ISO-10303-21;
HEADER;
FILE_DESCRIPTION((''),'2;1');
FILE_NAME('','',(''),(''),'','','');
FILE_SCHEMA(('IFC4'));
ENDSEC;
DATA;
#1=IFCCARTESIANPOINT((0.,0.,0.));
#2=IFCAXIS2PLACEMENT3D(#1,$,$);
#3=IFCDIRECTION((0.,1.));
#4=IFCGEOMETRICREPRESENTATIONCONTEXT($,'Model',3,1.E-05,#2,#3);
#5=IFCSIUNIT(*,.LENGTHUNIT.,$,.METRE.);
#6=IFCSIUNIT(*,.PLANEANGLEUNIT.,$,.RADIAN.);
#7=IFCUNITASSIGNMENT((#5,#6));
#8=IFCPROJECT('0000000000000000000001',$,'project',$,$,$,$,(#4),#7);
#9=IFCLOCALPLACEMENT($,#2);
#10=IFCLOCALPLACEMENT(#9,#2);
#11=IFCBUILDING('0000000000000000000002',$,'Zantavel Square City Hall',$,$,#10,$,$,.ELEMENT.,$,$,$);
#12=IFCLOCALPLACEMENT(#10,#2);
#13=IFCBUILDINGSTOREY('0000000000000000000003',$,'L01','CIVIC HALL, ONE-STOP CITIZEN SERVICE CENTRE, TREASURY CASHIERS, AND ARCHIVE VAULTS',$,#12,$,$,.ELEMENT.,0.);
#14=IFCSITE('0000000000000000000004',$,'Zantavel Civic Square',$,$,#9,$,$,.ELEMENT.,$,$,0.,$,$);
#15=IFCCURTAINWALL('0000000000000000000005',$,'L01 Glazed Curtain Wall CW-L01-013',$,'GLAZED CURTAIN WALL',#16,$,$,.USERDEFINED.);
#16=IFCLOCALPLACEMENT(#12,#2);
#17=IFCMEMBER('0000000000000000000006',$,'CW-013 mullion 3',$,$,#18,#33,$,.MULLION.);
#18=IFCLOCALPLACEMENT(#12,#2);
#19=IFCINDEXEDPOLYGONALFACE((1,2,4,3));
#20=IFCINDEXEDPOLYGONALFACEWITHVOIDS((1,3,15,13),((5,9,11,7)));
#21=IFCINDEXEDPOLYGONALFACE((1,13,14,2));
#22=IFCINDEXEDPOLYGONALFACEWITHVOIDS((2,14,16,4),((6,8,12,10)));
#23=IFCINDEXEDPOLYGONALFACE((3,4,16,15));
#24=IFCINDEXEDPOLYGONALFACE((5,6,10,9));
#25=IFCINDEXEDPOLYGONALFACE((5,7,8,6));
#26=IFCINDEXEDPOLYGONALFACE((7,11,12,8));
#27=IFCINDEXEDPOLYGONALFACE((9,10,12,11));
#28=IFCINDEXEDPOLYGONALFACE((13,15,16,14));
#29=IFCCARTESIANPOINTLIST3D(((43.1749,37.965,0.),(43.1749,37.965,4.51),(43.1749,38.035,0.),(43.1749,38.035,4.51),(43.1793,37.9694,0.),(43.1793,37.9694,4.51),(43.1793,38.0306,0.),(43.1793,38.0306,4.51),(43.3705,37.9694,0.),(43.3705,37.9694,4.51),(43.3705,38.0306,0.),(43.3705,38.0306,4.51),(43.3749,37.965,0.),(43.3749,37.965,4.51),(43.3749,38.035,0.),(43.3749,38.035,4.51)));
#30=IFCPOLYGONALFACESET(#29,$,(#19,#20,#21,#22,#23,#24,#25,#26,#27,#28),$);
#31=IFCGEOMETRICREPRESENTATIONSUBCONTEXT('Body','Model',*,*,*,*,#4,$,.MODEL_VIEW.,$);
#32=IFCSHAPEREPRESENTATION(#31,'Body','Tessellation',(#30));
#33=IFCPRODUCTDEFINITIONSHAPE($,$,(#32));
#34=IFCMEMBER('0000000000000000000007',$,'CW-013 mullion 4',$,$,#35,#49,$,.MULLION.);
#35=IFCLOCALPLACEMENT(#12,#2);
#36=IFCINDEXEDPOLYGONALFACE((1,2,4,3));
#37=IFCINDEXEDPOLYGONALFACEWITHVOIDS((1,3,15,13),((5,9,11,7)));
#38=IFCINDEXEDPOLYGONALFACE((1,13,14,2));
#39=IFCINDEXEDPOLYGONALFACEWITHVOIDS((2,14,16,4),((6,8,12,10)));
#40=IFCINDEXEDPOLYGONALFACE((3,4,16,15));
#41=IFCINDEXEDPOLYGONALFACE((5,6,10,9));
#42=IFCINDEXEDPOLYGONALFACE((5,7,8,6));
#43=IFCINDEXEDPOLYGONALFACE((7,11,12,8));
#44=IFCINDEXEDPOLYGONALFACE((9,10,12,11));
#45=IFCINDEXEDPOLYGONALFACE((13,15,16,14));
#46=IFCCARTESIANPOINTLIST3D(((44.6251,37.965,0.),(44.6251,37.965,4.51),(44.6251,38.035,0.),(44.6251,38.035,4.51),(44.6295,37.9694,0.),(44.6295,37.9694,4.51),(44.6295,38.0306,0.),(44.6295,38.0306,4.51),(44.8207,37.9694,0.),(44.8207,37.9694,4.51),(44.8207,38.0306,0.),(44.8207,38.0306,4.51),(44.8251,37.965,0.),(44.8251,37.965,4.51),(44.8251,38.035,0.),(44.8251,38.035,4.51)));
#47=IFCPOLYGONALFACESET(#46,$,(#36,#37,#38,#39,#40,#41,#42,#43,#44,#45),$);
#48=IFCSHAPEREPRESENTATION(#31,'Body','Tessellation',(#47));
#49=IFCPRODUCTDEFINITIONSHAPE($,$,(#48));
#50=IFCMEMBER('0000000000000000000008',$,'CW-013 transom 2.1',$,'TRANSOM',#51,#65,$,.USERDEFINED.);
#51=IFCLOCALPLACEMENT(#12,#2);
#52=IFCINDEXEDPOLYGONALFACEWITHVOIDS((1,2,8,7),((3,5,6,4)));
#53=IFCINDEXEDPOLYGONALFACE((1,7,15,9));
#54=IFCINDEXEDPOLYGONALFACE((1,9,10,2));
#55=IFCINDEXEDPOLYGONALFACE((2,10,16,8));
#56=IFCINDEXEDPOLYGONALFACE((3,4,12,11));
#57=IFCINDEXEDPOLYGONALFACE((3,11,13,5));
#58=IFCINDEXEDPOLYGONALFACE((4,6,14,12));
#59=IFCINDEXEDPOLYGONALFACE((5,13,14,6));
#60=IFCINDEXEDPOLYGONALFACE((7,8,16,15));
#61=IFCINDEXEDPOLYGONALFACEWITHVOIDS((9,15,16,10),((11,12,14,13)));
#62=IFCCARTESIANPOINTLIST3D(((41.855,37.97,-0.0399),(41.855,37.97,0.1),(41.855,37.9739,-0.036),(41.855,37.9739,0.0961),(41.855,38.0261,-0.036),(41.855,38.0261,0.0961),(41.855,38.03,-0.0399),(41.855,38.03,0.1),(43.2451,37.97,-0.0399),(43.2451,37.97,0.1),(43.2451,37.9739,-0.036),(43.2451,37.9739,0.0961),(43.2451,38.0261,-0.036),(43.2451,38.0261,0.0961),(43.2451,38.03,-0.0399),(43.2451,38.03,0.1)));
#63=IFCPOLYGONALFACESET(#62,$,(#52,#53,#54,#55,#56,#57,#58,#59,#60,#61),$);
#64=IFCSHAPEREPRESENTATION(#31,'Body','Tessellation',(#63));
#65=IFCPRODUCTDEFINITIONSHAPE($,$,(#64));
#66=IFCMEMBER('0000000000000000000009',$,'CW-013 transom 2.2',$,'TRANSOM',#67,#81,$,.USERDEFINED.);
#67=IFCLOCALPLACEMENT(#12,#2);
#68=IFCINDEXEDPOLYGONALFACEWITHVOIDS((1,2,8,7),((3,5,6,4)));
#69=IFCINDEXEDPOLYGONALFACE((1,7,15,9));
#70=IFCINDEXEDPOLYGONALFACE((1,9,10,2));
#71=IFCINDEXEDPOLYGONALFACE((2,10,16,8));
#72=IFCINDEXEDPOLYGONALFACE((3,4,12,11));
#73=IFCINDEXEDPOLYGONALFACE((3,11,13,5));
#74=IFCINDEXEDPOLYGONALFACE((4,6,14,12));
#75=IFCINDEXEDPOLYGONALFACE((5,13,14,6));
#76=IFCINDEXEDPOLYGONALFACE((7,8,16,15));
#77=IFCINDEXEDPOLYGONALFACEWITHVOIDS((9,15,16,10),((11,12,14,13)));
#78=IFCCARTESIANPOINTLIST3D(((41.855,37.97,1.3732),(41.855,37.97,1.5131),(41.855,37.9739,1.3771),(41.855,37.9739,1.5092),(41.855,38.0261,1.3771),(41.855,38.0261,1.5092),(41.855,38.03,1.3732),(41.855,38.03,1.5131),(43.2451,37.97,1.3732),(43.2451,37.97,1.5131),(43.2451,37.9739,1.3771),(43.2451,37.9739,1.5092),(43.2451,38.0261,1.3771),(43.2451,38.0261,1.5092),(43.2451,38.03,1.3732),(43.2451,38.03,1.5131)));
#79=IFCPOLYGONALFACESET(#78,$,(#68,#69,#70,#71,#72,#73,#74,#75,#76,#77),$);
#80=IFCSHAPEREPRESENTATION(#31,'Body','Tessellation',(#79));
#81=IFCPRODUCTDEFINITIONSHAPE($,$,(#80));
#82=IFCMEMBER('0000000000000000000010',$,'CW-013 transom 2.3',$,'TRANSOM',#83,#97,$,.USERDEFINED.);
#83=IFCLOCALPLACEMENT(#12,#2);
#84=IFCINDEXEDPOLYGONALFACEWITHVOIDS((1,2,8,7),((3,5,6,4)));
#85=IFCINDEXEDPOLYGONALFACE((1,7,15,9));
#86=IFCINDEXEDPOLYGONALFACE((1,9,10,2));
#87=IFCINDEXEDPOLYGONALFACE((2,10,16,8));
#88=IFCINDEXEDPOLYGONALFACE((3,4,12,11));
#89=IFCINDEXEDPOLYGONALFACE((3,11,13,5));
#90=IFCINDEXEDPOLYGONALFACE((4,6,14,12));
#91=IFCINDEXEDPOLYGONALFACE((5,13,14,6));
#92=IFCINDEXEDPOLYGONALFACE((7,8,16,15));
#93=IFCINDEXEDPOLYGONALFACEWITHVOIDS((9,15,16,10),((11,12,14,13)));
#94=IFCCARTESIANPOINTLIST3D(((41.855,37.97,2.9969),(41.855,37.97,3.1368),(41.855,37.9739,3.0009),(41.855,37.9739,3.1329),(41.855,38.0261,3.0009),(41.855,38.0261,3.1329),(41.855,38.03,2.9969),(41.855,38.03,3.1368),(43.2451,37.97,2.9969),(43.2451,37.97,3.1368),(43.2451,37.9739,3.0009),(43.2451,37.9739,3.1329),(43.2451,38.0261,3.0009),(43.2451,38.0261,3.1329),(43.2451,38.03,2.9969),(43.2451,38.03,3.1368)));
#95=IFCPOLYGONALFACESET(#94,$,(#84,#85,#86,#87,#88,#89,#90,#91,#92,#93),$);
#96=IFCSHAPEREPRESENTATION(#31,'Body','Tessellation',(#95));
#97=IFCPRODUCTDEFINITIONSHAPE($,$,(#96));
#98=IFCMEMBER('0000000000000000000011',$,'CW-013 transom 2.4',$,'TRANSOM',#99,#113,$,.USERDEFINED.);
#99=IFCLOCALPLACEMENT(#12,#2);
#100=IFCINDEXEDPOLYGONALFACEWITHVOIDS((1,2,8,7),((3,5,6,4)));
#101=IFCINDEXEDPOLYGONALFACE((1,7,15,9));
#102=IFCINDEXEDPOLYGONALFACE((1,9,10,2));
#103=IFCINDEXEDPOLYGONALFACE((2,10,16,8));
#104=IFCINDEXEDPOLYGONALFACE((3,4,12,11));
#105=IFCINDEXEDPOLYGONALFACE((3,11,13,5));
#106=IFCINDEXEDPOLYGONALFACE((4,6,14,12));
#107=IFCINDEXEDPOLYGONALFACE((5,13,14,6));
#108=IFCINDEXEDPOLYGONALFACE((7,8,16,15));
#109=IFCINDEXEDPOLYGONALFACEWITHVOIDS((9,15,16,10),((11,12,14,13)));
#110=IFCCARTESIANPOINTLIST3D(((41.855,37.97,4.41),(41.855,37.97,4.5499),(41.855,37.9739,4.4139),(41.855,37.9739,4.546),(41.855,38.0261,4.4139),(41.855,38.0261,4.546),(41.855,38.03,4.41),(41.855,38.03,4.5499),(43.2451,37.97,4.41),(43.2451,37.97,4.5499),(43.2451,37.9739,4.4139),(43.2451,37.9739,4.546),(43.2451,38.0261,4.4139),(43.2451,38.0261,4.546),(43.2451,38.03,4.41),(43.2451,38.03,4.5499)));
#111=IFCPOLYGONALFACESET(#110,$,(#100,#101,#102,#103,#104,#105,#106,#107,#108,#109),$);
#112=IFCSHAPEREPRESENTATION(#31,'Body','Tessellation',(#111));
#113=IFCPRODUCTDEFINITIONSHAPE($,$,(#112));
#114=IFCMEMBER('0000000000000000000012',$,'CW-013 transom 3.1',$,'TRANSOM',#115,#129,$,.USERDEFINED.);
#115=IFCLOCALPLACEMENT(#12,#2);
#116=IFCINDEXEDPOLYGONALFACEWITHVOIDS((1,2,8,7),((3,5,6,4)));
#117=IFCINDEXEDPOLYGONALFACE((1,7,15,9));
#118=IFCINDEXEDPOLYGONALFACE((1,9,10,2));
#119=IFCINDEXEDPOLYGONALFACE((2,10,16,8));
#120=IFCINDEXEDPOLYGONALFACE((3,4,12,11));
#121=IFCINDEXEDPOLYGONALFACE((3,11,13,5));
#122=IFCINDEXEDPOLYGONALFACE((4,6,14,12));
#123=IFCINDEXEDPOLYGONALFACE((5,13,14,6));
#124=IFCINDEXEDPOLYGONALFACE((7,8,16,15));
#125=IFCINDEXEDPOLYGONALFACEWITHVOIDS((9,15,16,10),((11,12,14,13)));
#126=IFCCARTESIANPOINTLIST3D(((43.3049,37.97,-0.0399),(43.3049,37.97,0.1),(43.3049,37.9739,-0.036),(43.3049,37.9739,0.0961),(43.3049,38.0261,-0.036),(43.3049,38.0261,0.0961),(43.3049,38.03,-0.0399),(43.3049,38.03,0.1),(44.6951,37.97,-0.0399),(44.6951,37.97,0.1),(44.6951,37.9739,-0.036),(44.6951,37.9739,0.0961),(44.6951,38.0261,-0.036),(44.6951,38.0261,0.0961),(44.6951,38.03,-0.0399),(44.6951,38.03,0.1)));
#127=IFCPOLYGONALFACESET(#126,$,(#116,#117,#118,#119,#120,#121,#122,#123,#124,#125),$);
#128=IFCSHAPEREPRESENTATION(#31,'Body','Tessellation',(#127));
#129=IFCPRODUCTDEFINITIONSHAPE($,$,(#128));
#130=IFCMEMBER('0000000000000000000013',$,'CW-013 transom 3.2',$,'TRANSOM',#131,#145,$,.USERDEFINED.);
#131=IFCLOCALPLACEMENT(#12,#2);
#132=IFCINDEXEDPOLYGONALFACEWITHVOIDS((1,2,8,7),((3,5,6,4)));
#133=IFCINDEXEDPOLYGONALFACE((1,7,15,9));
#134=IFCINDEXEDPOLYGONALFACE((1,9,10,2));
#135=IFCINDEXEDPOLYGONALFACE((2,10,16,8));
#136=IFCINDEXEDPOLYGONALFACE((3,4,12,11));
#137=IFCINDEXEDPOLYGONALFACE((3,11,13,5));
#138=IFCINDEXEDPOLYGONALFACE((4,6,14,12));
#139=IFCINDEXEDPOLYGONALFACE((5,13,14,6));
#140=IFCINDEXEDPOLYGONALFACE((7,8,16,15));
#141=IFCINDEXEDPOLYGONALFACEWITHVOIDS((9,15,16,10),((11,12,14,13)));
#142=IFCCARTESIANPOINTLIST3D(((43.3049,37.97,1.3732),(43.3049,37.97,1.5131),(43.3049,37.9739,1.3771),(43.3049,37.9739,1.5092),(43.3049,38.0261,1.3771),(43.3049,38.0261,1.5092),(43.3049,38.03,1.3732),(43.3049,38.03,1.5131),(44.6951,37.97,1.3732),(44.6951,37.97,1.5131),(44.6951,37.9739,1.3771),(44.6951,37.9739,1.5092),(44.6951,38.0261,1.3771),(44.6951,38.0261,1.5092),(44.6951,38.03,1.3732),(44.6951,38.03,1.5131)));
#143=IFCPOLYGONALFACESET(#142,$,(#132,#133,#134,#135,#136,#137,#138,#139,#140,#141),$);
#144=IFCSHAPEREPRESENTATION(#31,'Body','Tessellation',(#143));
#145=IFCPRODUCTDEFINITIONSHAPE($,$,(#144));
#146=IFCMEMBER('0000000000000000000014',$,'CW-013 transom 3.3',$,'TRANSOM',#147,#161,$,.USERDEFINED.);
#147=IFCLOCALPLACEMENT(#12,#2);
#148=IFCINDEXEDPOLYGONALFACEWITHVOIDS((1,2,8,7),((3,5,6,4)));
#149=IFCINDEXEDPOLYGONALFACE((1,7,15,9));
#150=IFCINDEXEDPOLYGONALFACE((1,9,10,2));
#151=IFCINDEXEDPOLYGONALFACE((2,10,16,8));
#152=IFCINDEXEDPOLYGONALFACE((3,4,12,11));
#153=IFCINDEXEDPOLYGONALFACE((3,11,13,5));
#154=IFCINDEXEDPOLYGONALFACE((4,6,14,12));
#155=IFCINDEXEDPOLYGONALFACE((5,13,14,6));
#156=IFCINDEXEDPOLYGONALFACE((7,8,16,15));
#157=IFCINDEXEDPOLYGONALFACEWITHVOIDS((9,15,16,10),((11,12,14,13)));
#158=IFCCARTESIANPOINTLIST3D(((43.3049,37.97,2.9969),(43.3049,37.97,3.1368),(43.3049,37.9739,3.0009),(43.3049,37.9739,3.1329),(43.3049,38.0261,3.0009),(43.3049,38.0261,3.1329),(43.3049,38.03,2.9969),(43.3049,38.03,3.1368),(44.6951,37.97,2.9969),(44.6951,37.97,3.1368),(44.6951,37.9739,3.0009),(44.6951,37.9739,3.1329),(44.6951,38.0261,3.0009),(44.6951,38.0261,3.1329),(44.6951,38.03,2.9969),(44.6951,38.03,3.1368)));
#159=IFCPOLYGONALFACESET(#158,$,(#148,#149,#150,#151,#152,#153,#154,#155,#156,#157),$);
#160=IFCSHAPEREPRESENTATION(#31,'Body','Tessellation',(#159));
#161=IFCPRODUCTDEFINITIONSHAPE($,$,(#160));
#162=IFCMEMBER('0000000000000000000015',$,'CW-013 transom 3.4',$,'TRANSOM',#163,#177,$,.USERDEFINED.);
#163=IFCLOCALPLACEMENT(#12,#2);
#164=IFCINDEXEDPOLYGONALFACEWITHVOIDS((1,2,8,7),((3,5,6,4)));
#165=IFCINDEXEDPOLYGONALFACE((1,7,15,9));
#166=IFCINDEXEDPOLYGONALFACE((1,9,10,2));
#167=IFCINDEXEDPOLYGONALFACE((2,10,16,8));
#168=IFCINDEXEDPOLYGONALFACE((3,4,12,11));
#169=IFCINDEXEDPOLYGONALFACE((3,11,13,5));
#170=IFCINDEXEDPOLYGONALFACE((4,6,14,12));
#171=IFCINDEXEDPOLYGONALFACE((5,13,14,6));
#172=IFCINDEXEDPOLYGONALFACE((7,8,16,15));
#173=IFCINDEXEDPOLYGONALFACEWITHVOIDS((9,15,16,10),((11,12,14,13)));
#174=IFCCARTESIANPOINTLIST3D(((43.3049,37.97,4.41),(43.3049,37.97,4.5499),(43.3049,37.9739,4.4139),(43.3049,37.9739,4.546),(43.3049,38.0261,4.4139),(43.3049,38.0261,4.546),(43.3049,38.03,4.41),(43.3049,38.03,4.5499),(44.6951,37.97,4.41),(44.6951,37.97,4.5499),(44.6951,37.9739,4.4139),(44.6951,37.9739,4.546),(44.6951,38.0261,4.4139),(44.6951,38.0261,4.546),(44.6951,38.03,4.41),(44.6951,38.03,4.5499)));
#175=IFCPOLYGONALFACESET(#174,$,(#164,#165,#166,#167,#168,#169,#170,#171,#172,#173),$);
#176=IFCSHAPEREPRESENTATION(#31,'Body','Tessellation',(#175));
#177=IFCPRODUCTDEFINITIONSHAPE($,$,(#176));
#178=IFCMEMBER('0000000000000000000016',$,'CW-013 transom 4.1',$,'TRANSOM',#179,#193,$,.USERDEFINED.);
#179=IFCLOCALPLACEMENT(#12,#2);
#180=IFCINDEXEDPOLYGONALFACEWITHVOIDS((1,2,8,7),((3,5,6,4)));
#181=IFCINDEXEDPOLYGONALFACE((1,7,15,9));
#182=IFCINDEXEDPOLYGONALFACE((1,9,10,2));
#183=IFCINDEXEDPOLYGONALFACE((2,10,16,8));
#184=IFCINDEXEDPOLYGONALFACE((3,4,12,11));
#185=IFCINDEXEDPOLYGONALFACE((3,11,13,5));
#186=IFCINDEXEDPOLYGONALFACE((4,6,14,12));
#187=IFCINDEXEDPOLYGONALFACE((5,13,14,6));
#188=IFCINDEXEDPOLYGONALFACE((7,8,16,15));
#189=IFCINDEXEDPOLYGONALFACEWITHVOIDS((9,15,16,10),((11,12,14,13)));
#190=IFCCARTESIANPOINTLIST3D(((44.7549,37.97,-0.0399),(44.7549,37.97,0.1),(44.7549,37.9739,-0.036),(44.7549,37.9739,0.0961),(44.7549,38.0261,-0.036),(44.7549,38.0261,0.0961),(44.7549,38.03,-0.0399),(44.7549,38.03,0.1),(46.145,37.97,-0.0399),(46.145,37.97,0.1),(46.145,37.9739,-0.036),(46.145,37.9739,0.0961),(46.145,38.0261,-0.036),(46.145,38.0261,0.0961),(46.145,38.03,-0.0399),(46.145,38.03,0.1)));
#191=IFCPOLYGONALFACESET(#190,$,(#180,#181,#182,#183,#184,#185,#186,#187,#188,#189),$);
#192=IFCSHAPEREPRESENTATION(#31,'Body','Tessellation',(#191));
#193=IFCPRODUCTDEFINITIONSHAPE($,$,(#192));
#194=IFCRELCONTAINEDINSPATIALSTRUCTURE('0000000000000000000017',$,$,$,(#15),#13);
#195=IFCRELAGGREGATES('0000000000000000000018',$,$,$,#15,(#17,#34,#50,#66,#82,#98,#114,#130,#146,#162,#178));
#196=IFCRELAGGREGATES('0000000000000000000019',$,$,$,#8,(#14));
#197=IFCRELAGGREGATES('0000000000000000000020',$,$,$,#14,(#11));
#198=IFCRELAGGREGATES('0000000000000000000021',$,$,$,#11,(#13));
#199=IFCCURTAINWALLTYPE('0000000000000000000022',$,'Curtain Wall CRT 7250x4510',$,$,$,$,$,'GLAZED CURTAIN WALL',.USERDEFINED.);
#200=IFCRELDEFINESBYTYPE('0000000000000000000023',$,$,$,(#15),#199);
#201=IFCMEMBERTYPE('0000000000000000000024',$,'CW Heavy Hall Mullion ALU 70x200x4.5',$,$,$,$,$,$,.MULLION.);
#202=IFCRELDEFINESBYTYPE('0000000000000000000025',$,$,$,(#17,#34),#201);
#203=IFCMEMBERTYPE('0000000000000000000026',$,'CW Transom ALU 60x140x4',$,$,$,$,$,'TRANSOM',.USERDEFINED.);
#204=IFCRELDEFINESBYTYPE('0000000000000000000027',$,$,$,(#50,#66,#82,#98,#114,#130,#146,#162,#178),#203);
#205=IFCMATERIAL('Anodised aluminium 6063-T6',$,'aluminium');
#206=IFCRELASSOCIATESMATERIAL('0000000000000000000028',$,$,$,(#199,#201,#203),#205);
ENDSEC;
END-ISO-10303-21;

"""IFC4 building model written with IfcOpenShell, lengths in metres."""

from ifc_helpers import new_model, si_unit, direction, frame, origin, origin_2d, place, context, subcontext, project, spatial, hollow_rectangle, extrude, material, material_profile, profile_set, type_object, element, aggregate, save


model = new_model("IFC4")

# Units and contexts
model_context = context("Model", 3, precision=1e-05, world=origin(), true_north=direction((0.0, 1.0)))
body_context = subcontext(model_context, "Body", "Model", "MODEL_VIEW")
ifc_project = project(units=[si_unit("LENGTHUNIT", "METRE"), si_unit("PLANEANGLEUNIT", "RADIAN")], contexts=[model_context])

# Site, building, storey
site_placement = place(None, origin())
site = spatial("IfcSite", under=ifc_project, at=site_placement, Name="Zantavel Civic Square", CompositionType="ELEMENT", RefElevation=0.0)
building_placement = place(site_placement, origin())
building = spatial("IfcBuilding", under=site, at=building_placement, Name="Zantavel Square City Hall", CompositionType="ELEMENT")
storey_placement = place(building_placement, origin())
storey = spatial("IfcBuildingStorey", under=building, at=storey_placement, Name="L01", Description="CIVIC HALL, ONE-STOP CITIZEN SERVICE CENTRE, TREASURY CASHIERS, AND ARCHIVE VAULTS", CompositionType="ELEMENT", Elevation=0.0)

# Curtain wall, members
ifc_material_1 = material(Name="Anodised aluminium 6063-T6", Category="aluminium")
curtain_wall_type = type_object("IfcCurtainWallType", Name="Curtain Wall CRT 7250x4510", ElementType="GLAZED CURTAIN WALL", PredefinedType="USERDEFINED", material=ifc_material_1)
curtain_wall_placement = place(storey_placement, origin())
curtain_wall = element("IfcCurtainWall", 1, at=curtain_wall_placement, inside=storey, type_object=curtain_wall_type, Name="L01 Glazed Curtain Wall CW-L01-013", ObjectType="GLAZED CURTAIN WALL", PredefinedType="USERDEFINED")
ifc_material_profile_1 = material_profile(ifc_material_1, hollow_rectangle(XDim=0.0701, YDim=0.2, WallThickness=0.0044, at=origin_2d()), Name="ALU 70x200x4.5")
ifc_profile_set_1 = profile_set([ifc_material_profile_1], Name="Anodised aluminium 6063-T6")
member_type_1 = type_object("IfcMemberType", Name="CW Heavy Hall Mullion ALU 70x200x4.5", PredefinedType="MULLION", material=ifc_profile_set_1)
member_1_placement = place(storey_placement, frame((43.2749, 38.0, 0.0), z_axis=(0.0, 0.0, 1.0), x_axis=(0.0, 1.0, 0.0)))
member_1 = element("IfcMember", 2, at=member_1_placement, type_object=member_type_1, Name="CW-013 mullion 3", PredefinedType="MULLION", context=body_context, shape_type="SweptSolid", body=[
    extrude(hollow_rectangle(XDim=0.0701, YDim=0.2, WallThickness=0.0044, at=origin_2d()), origin(), (0.0, 0.0, 1.0), 4.51),
])
member_2_placement = place(storey_placement, frame((44.7251, 38.0, 0.0), z_axis=(0.0, 0.0, 1.0), x_axis=(0.0, 1.0, 0.0)))
member_2 = element("IfcMember", 3, at=member_2_placement, type_object=member_type_1, Name="CW-013 mullion 4", PredefinedType="MULLION", context=body_context, shape_type="SweptSolid", body=[
    extrude(hollow_rectangle(XDim=0.0701, YDim=0.2, WallThickness=0.0044, at=origin_2d()), origin(), (0.0, 0.0, 1.0), 4.51),
])
ifc_material_profile_2 = material_profile(ifc_material_1, hollow_rectangle(XDim=0.0601, YDim=0.1399, WallThickness=0.0039, at=origin_2d()), Name="ALU 60x140x4")
ifc_profile_set_2 = profile_set([ifc_material_profile_2], Name="Anodised aluminium 6063-T6")
member_type_2 = type_object("IfcMemberType", Name="CW Transom ALU 60x140x4", ElementType="TRANSOM", PredefinedType="USERDEFINED", material=ifc_profile_set_2)
member_3_placement = place(storey_placement, frame((41.855, 38.0, 0.03), z_axis=(1.0, 0.0, 0.0), x_axis=(0.0, 1.0, 0.0)))
member_3 = element("IfcMember", 4, at=member_3_placement, type_object=member_type_2, Name="CW-013 transom 2.1", ObjectType="TRANSOM", PredefinedType="USERDEFINED", context=body_context, shape_type="SweptSolid", body=[
    extrude(hollow_rectangle(XDim=0.0601, YDim=0.1399, WallThickness=0.0039, at=origin_2d()), origin(), (0.0, 0.0, 1.0), 1.3901),
])
member_4_placement = place(storey_placement, frame((41.855, 38.0, 1.4431), z_axis=(1.0, 0.0, 0.0), x_axis=(0.0, 1.0, 0.0)))
member_4 = element("IfcMember", 5, at=member_4_placement, type_object=member_type_2, Name="CW-013 transom 2.2", ObjectType="TRANSOM", PredefinedType="USERDEFINED", context=body_context, shape_type="SweptSolid", body=[
    extrude(hollow_rectangle(XDim=0.0601, YDim=0.1399, WallThickness=0.0039, at=origin_2d()), origin(), (0.0, 0.0, 1.0), 1.3901),
])
member_5_placement = place(storey_placement, frame((41.855, 38.0, 3.0669), z_axis=(1.0, 0.0, 0.0), x_axis=(0.0, 1.0, 0.0)))
member_5 = element("IfcMember", 6, at=member_5_placement, type_object=member_type_2, Name="CW-013 transom 2.3", ObjectType="TRANSOM", PredefinedType="USERDEFINED", context=body_context, shape_type="SweptSolid", body=[
    extrude(hollow_rectangle(XDim=0.0601, YDim=0.1399, WallThickness=0.0039, at=origin_2d()), origin(), (0.0, 0.0, 1.0), 1.3901),
])
member_6_placement = place(storey_placement, frame((41.855, 38.0, 4.48), z_axis=(1.0, 0.0, 0.0), x_axis=(0.0, 1.0, 0.0)))
member_6 = element("IfcMember", 7, at=member_6_placement, type_object=member_type_2, Name="CW-013 transom 2.4", ObjectType="TRANSOM", PredefinedType="USERDEFINED", context=body_context, shape_type="SweptSolid", body=[
    extrude(hollow_rectangle(XDim=0.0601, YDim=0.1399, WallThickness=0.0039, at=origin_2d()), origin(), (0.0, 0.0, 1.0), 1.3901),
])
member_7_placement = place(storey_placement, frame((43.3049, 38.0, 0.03), z_axis=(1.0, 0.0, 0.0), x_axis=(0.0, 1.0, 0.0)))
member_7 = element("IfcMember", 8, at=member_7_placement, type_object=member_type_2, Name="CW-013 transom 3.1", ObjectType="TRANSOM", PredefinedType="USERDEFINED", context=body_context, shape_type="SweptSolid", body=[
    extrude(hollow_rectangle(XDim=0.0601, YDim=0.1399, WallThickness=0.0039, at=origin_2d()), origin(), (0.0, 0.0, 1.0), 1.3901),
])
member_8_placement = place(storey_placement, frame((43.3049, 38.0, 1.4431), z_axis=(1.0, 0.0, 0.0), x_axis=(0.0, 1.0, 0.0)))
member_8 = element("IfcMember", 9, at=member_8_placement, type_object=member_type_2, Name="CW-013 transom 3.2", ObjectType="TRANSOM", PredefinedType="USERDEFINED", context=body_context, shape_type="SweptSolid", body=[
    extrude(hollow_rectangle(XDim=0.0601, YDim=0.1399, WallThickness=0.0039, at=origin_2d()), origin(), (0.0, 0.0, 1.0), 1.3901),
])
member_9_placement = place(storey_placement, frame((43.3049, 38.0, 3.0669), z_axis=(1.0, 0.0, 0.0), x_axis=(0.0, 1.0, 0.0)))
member_9 = element("IfcMember", 10, at=member_9_placement, type_object=member_type_2, Name="CW-013 transom 3.3", ObjectType="TRANSOM", PredefinedType="USERDEFINED", context=body_context, shape_type="SweptSolid", body=[
    extrude(hollow_rectangle(XDim=0.0601, YDim=0.1399, WallThickness=0.0039, at=origin_2d()), origin(), (0.0, 0.0, 1.0), 1.3901),
])
member_10_placement = place(storey_placement, frame((43.3049, 38.0, 4.48), z_axis=(1.0, 0.0, 0.0), x_axis=(0.0, 1.0, 0.0)))
member_10 = element("IfcMember", 11, at=member_10_placement, type_object=member_type_2, Name="CW-013 transom 3.4", ObjectType="TRANSOM", PredefinedType="USERDEFINED", context=body_context, shape_type="SweptSolid", body=[
    extrude(hollow_rectangle(XDim=0.0601, YDim=0.1399, WallThickness=0.0039, at=origin_2d()), origin(), (0.0, 0.0, 1.0), 1.3901),
])
member_11_placement = place(storey_placement, frame((44.7549, 38.0, 0.03), z_axis=(1.0, 0.0, 0.0), x_axis=(0.0, 1.0, 0.0)))
member_11 = element("IfcMember", 12, at=member_11_placement, type_object=member_type_2, Name="CW-013 transom 4.1", ObjectType="TRANSOM", PredefinedType="USERDEFINED", context=body_context, shape_type="SweptSolid", body=[
    extrude(hollow_rectangle(XDim=0.0601, YDim=0.1399, WallThickness=0.0039, at=origin_2d()), origin(), (0.0, 0.0, 1.0), 1.3901),
])
aggregate(curtain_wall, [member_1, member_2, member_3, member_4, member_5, member_6, member_7, member_8, member_9, member_10, member_11])

save(model, "model.ifc")
